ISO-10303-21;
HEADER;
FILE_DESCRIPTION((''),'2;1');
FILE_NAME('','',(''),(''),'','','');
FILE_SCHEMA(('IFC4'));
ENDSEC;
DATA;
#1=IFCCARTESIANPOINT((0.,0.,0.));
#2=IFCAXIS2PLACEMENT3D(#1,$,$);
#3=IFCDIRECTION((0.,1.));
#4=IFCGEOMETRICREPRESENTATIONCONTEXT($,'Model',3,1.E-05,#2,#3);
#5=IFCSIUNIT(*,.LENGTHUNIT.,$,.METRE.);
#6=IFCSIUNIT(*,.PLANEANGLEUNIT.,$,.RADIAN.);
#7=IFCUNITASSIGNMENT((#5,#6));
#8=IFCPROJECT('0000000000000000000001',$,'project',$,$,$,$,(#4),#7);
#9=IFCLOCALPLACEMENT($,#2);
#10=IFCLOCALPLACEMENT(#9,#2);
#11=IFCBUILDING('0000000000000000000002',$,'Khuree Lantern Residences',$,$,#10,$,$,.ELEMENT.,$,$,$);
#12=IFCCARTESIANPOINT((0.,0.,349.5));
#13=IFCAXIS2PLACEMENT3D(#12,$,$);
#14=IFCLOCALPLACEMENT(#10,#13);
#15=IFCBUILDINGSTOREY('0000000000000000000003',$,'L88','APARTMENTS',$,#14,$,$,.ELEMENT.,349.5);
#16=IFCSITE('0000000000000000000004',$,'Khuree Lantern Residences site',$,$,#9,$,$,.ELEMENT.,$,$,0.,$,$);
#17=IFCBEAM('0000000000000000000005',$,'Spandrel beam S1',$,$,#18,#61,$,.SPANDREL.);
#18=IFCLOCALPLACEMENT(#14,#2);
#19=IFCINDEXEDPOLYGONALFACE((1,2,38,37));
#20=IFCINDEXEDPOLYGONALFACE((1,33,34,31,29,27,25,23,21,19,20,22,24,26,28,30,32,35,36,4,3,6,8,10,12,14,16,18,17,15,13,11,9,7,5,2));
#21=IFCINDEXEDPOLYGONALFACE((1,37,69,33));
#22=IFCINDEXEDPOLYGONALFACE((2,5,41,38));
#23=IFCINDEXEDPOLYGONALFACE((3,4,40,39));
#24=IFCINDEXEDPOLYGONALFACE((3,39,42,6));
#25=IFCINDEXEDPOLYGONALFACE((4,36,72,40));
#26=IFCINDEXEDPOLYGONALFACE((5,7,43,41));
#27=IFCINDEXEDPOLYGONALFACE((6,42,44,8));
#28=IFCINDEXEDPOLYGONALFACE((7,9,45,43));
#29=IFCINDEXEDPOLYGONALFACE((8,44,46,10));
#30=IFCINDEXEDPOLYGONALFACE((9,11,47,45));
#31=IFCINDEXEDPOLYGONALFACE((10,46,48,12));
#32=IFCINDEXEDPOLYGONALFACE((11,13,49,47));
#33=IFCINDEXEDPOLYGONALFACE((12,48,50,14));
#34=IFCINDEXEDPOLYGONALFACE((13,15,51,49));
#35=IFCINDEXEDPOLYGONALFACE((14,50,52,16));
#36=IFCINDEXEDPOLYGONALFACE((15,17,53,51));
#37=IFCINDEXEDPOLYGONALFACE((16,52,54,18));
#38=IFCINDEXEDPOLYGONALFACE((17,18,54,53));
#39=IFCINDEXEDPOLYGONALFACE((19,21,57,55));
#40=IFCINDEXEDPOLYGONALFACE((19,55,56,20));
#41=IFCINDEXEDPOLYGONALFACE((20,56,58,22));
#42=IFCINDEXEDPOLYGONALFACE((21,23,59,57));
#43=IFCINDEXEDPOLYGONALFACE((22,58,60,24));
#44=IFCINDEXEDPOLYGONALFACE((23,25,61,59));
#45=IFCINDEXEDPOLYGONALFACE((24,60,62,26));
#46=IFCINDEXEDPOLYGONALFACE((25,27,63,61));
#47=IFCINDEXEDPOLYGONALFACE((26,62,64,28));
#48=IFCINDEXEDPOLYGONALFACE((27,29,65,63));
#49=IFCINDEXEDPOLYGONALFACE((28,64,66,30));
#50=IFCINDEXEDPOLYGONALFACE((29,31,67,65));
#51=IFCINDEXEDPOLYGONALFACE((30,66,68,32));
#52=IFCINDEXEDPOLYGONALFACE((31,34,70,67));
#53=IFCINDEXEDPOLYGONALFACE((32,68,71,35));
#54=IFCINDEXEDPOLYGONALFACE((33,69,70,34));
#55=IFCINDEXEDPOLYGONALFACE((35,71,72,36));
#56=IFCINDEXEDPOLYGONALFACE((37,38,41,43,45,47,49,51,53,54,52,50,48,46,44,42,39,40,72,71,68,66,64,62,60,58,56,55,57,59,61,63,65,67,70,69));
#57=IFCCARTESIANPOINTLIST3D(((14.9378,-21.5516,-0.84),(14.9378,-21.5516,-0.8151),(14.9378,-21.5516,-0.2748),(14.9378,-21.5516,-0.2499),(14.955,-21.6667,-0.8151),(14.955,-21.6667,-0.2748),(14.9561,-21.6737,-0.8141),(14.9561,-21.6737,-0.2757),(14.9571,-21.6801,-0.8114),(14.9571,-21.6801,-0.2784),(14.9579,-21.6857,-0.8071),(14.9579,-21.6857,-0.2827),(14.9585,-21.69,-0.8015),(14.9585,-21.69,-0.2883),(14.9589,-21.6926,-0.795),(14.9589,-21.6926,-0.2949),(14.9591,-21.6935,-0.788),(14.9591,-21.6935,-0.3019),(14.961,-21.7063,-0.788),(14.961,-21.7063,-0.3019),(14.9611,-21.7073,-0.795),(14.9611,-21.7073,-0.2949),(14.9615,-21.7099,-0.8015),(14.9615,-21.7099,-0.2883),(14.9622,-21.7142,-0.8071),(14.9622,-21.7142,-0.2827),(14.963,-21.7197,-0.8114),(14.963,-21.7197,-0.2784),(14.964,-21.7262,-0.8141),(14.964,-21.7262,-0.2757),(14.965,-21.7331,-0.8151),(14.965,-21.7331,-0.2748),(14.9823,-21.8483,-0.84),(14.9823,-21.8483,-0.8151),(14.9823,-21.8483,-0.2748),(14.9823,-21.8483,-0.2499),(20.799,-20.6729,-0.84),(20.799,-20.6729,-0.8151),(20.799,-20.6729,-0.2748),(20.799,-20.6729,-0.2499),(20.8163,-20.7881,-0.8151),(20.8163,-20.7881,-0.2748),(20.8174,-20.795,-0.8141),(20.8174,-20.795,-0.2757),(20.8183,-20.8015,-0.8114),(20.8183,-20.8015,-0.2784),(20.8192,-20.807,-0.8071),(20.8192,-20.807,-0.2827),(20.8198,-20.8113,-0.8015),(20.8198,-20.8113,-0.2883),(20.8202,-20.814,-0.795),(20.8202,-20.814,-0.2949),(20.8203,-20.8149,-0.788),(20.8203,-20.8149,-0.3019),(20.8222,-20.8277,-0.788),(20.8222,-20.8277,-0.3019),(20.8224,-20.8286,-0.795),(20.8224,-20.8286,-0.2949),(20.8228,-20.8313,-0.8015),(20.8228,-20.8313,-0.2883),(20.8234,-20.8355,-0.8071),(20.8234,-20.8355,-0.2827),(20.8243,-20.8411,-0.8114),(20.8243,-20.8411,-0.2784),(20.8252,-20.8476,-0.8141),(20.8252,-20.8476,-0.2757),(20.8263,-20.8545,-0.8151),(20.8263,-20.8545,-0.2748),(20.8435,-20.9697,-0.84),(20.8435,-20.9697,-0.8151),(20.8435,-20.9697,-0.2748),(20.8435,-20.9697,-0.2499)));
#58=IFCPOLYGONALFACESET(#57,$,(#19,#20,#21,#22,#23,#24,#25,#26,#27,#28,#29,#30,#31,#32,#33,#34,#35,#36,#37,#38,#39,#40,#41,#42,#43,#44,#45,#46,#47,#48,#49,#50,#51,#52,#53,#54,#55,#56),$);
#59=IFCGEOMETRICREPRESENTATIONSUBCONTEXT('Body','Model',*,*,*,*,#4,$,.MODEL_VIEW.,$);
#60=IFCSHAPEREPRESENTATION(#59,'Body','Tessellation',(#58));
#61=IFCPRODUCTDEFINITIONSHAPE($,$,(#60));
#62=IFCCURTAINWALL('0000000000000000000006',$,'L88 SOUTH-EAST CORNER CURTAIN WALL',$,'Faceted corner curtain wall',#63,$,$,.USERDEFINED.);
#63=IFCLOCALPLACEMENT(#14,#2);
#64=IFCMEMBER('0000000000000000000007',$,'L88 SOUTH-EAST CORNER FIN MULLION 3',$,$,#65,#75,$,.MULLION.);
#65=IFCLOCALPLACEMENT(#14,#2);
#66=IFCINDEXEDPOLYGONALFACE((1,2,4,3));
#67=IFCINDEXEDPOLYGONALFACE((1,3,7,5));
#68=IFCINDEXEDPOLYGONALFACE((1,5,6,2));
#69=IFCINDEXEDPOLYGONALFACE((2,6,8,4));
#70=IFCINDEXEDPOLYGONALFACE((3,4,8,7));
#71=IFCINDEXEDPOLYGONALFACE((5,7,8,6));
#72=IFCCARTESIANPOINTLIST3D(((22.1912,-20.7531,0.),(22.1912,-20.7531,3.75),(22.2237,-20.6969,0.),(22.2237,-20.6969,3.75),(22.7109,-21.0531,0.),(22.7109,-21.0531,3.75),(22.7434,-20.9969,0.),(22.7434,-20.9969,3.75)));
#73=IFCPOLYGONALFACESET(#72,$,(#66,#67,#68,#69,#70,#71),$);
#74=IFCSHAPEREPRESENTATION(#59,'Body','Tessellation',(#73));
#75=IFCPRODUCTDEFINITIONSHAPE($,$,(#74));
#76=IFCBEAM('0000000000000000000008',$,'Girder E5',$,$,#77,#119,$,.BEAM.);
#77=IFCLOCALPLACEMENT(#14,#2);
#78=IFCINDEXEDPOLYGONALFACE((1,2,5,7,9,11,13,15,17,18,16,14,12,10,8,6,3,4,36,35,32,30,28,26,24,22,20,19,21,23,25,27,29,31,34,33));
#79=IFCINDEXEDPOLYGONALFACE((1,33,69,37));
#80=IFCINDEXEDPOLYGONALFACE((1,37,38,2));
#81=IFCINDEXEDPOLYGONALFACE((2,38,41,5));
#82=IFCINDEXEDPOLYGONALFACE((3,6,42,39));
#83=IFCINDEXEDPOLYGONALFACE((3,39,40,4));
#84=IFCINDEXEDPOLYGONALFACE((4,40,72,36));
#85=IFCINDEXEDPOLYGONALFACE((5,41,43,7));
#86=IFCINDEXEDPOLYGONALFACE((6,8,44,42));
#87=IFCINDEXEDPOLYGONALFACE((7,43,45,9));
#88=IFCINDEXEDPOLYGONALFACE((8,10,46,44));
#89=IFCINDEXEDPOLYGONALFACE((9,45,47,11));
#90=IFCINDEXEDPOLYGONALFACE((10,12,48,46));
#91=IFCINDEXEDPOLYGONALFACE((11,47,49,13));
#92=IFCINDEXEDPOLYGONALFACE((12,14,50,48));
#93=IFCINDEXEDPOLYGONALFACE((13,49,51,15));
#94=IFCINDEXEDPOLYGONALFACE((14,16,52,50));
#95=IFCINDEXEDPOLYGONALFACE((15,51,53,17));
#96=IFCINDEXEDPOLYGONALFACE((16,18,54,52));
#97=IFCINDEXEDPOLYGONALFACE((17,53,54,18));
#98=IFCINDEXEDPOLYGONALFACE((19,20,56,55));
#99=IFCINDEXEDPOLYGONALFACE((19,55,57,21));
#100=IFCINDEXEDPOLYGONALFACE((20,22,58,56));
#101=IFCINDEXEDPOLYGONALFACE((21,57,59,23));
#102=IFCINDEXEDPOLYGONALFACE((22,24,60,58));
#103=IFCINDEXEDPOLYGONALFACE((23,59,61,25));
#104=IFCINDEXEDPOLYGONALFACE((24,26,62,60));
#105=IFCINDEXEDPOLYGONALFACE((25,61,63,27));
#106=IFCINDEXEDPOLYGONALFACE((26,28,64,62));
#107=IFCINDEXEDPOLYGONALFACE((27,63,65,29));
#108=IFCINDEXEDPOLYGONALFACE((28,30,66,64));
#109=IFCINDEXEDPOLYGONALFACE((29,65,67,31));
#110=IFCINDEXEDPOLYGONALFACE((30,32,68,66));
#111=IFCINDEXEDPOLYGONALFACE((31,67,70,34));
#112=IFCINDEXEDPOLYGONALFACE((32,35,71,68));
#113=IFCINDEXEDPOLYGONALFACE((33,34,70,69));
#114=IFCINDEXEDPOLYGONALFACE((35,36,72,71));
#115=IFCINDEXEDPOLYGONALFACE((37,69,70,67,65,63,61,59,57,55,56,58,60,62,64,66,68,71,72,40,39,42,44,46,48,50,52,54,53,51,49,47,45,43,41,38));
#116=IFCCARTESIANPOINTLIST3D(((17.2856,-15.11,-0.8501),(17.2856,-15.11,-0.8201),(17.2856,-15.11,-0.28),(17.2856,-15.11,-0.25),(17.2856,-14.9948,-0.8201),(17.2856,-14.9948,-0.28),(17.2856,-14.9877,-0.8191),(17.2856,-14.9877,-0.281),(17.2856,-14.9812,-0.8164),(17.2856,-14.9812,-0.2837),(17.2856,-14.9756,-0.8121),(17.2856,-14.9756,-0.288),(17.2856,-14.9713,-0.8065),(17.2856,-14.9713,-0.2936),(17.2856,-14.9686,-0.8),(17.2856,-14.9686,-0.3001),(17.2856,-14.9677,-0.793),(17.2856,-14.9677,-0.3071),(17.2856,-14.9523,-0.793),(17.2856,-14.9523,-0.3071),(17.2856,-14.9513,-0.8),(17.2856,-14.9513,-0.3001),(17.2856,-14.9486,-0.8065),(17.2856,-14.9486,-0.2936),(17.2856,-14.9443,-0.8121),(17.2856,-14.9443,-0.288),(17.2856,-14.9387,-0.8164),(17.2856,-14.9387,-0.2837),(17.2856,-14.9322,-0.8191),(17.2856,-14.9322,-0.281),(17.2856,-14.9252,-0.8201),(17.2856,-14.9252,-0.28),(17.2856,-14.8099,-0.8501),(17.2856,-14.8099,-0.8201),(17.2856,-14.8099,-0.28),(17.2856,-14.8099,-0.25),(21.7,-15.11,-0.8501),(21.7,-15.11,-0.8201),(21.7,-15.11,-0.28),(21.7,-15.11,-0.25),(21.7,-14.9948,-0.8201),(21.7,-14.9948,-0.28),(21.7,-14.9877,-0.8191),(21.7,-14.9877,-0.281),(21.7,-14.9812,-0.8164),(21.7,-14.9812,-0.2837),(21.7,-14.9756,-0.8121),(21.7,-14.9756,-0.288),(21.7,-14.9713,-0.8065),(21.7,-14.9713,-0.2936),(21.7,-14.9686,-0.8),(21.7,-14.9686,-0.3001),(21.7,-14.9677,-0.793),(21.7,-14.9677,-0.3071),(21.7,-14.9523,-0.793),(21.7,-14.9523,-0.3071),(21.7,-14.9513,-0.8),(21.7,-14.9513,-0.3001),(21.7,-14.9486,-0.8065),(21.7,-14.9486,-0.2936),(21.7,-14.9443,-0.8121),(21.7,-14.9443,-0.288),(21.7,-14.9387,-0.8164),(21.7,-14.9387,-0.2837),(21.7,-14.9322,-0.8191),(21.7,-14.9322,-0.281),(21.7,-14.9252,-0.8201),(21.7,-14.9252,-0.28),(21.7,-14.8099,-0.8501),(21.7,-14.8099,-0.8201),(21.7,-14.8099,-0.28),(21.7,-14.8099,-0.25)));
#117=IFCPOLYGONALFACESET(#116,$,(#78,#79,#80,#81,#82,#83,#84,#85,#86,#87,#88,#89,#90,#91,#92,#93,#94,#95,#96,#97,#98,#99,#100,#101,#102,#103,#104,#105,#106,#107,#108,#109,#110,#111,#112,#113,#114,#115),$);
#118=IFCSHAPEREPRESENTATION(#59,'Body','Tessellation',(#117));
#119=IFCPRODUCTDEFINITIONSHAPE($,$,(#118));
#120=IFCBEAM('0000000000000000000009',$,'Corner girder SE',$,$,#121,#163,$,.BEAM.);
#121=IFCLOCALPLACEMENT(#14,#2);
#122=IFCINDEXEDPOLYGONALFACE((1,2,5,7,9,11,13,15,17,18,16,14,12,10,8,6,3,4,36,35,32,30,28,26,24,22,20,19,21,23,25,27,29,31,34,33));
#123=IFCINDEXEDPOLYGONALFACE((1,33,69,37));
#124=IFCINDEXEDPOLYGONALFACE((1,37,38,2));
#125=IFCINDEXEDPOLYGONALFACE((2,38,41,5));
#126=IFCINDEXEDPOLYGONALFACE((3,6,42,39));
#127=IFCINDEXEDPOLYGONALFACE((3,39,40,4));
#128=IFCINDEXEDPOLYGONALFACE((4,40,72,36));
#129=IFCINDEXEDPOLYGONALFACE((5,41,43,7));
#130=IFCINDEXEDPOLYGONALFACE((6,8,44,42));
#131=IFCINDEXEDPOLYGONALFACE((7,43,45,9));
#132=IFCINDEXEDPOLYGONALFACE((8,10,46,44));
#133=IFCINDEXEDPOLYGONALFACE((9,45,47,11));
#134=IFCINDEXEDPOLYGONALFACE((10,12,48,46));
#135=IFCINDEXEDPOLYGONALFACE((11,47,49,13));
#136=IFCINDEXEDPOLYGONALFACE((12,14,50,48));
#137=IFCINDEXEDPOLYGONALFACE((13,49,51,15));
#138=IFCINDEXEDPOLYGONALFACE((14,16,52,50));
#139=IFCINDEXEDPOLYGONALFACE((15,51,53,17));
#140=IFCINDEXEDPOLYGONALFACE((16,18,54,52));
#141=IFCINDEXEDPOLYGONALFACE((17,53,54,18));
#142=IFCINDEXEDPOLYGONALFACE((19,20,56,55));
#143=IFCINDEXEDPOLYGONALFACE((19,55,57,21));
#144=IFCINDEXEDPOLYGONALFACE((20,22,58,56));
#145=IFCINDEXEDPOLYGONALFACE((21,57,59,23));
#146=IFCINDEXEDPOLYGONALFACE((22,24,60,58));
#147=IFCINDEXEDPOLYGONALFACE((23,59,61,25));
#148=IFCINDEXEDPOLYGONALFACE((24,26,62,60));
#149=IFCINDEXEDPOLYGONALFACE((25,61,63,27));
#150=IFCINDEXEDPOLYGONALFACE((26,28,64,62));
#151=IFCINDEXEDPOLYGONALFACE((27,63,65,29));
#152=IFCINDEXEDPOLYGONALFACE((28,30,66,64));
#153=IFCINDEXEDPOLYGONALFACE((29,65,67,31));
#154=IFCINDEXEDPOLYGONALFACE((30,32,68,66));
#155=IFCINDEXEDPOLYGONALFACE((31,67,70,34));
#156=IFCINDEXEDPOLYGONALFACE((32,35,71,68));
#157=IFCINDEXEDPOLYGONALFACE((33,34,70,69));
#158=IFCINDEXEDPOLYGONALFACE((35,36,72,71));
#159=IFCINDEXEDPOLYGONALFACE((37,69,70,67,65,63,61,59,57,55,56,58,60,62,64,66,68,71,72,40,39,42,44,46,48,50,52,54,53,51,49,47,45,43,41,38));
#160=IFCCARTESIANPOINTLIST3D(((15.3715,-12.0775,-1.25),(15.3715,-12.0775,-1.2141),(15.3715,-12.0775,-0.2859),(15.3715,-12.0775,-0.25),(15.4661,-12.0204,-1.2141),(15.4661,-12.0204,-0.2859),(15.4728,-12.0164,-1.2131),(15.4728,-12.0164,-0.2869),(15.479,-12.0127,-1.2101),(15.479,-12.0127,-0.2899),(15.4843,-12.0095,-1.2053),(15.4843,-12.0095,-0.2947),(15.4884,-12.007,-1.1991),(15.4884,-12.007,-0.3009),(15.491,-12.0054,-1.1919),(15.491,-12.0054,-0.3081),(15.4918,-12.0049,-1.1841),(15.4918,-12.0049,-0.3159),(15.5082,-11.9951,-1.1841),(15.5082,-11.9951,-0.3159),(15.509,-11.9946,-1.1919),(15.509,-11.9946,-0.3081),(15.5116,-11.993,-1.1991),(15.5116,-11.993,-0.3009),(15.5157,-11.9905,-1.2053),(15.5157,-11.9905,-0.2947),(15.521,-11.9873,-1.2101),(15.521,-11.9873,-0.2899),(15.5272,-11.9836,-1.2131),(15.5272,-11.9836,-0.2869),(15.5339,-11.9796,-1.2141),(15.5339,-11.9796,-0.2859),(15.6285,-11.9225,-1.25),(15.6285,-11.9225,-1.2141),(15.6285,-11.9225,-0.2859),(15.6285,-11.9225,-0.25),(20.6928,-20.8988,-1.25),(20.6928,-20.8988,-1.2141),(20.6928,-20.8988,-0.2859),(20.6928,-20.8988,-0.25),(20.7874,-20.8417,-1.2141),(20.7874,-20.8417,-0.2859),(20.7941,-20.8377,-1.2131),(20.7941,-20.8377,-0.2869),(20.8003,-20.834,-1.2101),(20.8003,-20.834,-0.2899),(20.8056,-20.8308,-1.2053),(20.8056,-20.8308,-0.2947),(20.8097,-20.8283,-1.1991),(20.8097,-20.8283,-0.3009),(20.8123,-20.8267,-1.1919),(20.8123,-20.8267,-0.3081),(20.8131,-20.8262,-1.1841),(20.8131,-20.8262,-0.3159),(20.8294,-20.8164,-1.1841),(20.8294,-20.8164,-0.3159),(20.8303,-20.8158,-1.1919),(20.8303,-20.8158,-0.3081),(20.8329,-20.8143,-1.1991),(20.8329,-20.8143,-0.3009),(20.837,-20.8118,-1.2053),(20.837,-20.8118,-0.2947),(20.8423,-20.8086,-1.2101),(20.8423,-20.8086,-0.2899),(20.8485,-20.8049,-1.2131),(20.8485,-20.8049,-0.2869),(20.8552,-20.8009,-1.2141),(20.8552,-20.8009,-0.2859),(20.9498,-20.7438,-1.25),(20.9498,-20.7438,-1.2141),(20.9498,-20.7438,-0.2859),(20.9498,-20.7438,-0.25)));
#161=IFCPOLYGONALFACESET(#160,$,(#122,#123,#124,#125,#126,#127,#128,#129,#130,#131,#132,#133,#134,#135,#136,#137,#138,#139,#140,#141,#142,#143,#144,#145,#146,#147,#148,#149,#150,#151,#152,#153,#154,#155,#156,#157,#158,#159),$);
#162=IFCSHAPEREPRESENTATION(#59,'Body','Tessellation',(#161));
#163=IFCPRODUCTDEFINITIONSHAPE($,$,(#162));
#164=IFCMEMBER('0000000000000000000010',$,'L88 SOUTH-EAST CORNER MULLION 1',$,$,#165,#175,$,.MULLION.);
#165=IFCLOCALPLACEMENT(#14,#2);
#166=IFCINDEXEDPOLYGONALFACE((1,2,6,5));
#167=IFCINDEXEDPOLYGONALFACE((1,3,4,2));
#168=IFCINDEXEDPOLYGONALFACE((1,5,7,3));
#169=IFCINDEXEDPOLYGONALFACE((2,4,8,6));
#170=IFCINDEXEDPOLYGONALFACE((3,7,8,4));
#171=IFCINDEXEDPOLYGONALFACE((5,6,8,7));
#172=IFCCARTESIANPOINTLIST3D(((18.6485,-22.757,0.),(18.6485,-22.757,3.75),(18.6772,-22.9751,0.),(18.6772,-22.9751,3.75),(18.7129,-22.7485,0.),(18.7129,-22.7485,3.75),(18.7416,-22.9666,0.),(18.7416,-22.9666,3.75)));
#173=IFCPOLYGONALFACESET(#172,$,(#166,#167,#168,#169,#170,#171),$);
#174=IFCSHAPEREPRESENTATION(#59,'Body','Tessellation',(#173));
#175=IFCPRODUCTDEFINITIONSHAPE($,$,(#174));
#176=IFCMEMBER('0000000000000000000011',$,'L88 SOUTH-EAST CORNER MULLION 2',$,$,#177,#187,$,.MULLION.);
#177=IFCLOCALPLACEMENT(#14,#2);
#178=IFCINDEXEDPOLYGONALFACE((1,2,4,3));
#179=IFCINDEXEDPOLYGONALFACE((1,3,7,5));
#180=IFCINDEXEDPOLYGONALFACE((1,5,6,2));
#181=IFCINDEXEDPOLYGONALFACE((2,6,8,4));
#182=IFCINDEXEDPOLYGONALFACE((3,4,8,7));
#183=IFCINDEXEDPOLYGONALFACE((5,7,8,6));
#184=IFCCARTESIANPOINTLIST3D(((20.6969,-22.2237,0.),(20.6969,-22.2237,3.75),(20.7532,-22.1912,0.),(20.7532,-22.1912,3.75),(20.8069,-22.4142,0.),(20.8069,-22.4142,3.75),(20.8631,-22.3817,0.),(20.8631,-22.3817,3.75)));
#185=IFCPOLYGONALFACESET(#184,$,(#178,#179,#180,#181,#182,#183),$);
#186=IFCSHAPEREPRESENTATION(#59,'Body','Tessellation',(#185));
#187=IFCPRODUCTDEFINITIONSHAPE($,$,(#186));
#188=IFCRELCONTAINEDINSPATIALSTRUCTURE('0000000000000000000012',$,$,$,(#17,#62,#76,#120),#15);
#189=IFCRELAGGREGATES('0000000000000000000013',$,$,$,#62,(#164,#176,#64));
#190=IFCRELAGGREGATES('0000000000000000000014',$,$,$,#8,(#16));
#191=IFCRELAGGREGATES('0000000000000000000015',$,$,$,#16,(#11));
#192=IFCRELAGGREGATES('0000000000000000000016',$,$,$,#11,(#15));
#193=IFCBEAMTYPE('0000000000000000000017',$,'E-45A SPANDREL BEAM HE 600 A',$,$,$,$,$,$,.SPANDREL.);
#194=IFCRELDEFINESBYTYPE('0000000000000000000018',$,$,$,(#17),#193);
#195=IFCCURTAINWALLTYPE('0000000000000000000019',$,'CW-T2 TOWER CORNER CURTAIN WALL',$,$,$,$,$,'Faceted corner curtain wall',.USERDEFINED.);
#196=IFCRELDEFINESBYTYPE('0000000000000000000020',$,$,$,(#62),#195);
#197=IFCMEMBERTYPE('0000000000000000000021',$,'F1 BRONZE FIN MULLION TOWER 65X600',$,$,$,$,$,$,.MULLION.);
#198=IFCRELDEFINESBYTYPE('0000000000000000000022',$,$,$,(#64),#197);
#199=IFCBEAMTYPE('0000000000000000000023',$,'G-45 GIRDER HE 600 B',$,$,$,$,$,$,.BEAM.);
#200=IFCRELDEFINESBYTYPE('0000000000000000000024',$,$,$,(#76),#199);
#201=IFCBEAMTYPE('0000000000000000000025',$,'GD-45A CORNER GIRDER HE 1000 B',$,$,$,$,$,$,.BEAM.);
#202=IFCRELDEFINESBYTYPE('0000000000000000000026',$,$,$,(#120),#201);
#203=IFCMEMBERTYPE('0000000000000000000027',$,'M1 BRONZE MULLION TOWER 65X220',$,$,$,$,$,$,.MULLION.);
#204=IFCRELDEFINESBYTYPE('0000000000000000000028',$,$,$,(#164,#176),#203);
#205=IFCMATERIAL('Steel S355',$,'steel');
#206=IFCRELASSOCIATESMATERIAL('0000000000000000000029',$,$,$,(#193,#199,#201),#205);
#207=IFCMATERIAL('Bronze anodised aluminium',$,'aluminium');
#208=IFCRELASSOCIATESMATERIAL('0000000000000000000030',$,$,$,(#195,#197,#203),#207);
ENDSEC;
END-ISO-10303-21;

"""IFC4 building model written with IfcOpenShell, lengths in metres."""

from ifc_helpers import new_model, si_unit, direction, frame, origin, origin_2d, place, context, subcontext, project, spatial, rectangle, i_section, extrude, material, material_profile, profile_set, type_object, element, aggregate, save


model = new_model("IFC4")

# Units and contexts
model_context = context("Model", 3, precision=1e-05, world=origin(), true_north=direction((0.0, 1.0)))
body_context = subcontext(model_context, "Body", "Model", "MODEL_VIEW")
ifc_project = project(units=[si_unit("LENGTHUNIT", "METRE"), si_unit("PLANEANGLEUNIT", "RADIAN")], contexts=[model_context])

# Site, building, storey
site_placement = place(None, origin())
site = spatial("IfcSite", under=ifc_project, at=site_placement, Name="Khuree Lantern Residences site", CompositionType="ELEMENT", RefElevation=0.0)
building_placement = place(site_placement, origin())
building = spatial("IfcBuilding", under=site, at=building_placement, Name="Khuree Lantern Residences", CompositionType="ELEMENT")
storey_placement = place(building_placement, frame((0.0, 0.0, 349.5)))
storey = spatial("IfcBuildingStorey", under=building, at=storey_placement, Name="L88", Description="APARTMENTS", CompositionType="ELEMENT", Elevation=349.5)

# Beam
ifc_material_1 = material(Name="Steel S355", Category="steel")
ifc_material_profile_1 = material_profile(ifc_material_1, i_section(OverallWidth=0.3, OverallDepth=0.5901, WebThickness=0.0129, FlangeThickness=0.0249, FilletRadius=0.0271, at=origin_2d()), Name="HE 600 A")
ifc_profile_set_1 = profile_set([ifc_material_profile_1], Name="Steel S355")
beam_type_1 = type_object("IfcBeamType", Name="E-45A SPANDREL BEAM HE 600 A", PredefinedType="SPANDREL", material=ifc_profile_set_1)
for number, where, z_axis, x_axis, name in (
    (1, (20.8213, -20.8213, -0.5449), (-0.98895, -0.148252, 0.0), (0.148252, -0.98895, 0.0), "Spandrel beam S1"),
):
    element("IfcBeam", number, at=place(storey_placement, frame(where, z_axis=z_axis, x_axis=x_axis)), inside=storey, type_object=beam_type_1, Name=name, PredefinedType="SPANDREL", context=body_context, shape_type="SweptSolid", body=[
        extrude(i_section(OverallWidth=0.3, OverallDepth=0.5901, WebThickness=0.0129, FlangeThickness=0.0249, FilletRadius=0.0271, at=origin_2d()), origin(), (0.0, 0.0, 1.0), 5.9268),
    ])

# Curtain wall, member
ifc_material_2 = material(Name="Bronze anodised aluminium", Category="aluminium")
curtain_wall_type_1 = type_object("IfcCurtainWallType", Name="CW-T2 TOWER CORNER CURTAIN WALL", ElementType="Faceted corner curtain wall", PredefinedType="USERDEFINED", material=ifc_material_2)
curtain_wall_1_placement = place(storey_placement, origin())
curtain_wall_1 = element("IfcCurtainWall", 2, at=curtain_wall_1_placement, inside=storey, type_object=curtain_wall_type_1, Name="L88 SOUTH-EAST CORNER CURTAIN WALL", ObjectType="Faceted corner curtain wall", PredefinedType="USERDEFINED")
ifc_material_profile_2 = material_profile(ifc_material_2, rectangle(XDim=0.0649, YDim=0.6001, at=origin_2d()), Name="F1 65X600")
ifc_profile_set_2 = profile_set([ifc_material_profile_2], Name="Bronze anodised aluminium")
member_type_1 = type_object("IfcMemberType", Name="F1 BRONZE FIN MULLION TOWER 65X600", PredefinedType="MULLION", material=ifc_profile_set_2)
member_1_placement = place(storey_placement, frame((22.4673, -20.875, 0.0), z_axis=(0.0, 0.0, 1.0), x_axis=(0.5, 0.866025, 0.0)))
member_1 = element("IfcMember", 3, at=member_1_placement, type_object=member_type_1, Name="L88 SOUTH-EAST CORNER FIN MULLION 3", PredefinedType="MULLION", context=body_context, shape_type="SweptSolid", body=[
    extrude(rectangle(XDim=0.0649, YDim=0.6001, at=origin_2d()), origin(), (0.0, 0.0, 1.0), 3.75),
])

# Beams
ifc_material_profile_3 = material_profile(ifc_material_1, i_section(OverallWidth=0.3, OverallDepth=0.6001, WebThickness=0.0154, FlangeThickness=0.03, FilletRadius=0.0271, at=origin_2d()), Name="HE 600 B")
ifc_profile_set_3 = profile_set([ifc_material_profile_3], Name="Steel S355")
beam_type_2 = type_object("IfcBeamType", Name="G-45 GIRDER HE 600 B", PredefinedType="BEAM", material=ifc_profile_set_3)
beam_1_placement = place(storey_placement, frame((21.7, -14.96, -0.55), z_axis=(-1.0, 0.0, 0.0), x_axis=(0.0, -1.0, 0.0)))
element("IfcBeam", 4, at=beam_1_placement, inside=storey, type_object=beam_type_2, Name="Girder E5", PredefinedType="BEAM", context=body_context, shape_type="SweptSolid", body=[
    extrude(i_section(OverallWidth=0.3, OverallDepth=0.6001, WebThickness=0.0154, FlangeThickness=0.03, FilletRadius=0.0271, at=origin_2d()), origin(), (0.0, 0.0, 1.0), 4.4143),
])
ifc_material_profile_4 = material_profile(ifc_material_1, i_section(OverallWidth=0.3, OverallDepth=1.0, WebThickness=0.019, FlangeThickness=0.0359, FilletRadius=0.03, at=origin_2d()), Name="HE 1000 B")
ifc_profile_set_4 = profile_set([ifc_material_profile_4], Name="Steel S355")
beam_type_3 = type_object("IfcBeamType", Name="GD-45A CORNER GIRDER HE 1000 B", PredefinedType="BEAM", material=ifc_profile_set_4)
beam_2_placement = place(storey_placement, frame((20.8213, -20.8213, -0.75), z_axis=(-0.51653, 0.856269, 0.0), x_axis=(-0.856269, -0.51653, 0.0)))
element("IfcBeam", 5, at=beam_2_placement, inside=storey, type_object=beam_type_3, Name="Corner girder SE", PredefinedType="BEAM", context=body_context, shape_type="SweptSolid", body=[
    extrude(i_section(OverallWidth=0.3, OverallDepth=1.0, WebThickness=0.019, FlangeThickness=0.0359, FilletRadius=0.03, at=origin_2d()), origin(), (0.0, 0.0, 1.0), 10.302),
])

# Members
ifc_material_profile_5 = material_profile(ifc_material_2, rectangle(XDim=0.0649, YDim=0.22, at=origin_2d()), Name="M1 65X220")
ifc_profile_set_5 = profile_set([ifc_material_profile_5], Name="Bronze anodised aluminium")
member_type_2 = type_object("IfcMemberType", Name="M1 BRONZE MULLION TOWER 65X220", PredefinedType="MULLION", material=ifc_profile_set_5)
member_2_placement = place(storey_placement, frame((18.6951, -22.8618, 0.0), z_axis=(0.0, 0.0, 1.0), x_axis=(0.991445, 0.130526, 0.0)))
member_2 = element("IfcMember", 6, at=member_2_placement, type_object=member_type_2, Name="L88 SOUTH-EAST CORNER MULLION 1", PredefinedType="MULLION", context=body_context, shape_type="SweptSolid", body=[
    extrude(rectangle(XDim=0.0649, YDim=0.22, at=origin_2d()), origin(), (0.0, 0.0, 1.0), 3.75),
])
member_3_placement = place(storey_placement, frame((20.78, -22.3027, 0.0), z_axis=(0.0, 0.0, 1.0), x_axis=(0.866025, 0.5, 0.0)))
member_3 = element("IfcMember", 7, at=member_3_placement, type_object=member_type_2, Name="L88 SOUTH-EAST CORNER MULLION 2", PredefinedType="MULLION", context=body_context, shape_type="SweptSolid", body=[
    extrude(rectangle(XDim=0.0649, YDim=0.22, at=origin_2d()), origin(), (0.0, 0.0, 1.0), 3.75),
])

aggregate(curtain_wall_1, [member_2, member_3, member_1])

save(model, "model.ifc")
